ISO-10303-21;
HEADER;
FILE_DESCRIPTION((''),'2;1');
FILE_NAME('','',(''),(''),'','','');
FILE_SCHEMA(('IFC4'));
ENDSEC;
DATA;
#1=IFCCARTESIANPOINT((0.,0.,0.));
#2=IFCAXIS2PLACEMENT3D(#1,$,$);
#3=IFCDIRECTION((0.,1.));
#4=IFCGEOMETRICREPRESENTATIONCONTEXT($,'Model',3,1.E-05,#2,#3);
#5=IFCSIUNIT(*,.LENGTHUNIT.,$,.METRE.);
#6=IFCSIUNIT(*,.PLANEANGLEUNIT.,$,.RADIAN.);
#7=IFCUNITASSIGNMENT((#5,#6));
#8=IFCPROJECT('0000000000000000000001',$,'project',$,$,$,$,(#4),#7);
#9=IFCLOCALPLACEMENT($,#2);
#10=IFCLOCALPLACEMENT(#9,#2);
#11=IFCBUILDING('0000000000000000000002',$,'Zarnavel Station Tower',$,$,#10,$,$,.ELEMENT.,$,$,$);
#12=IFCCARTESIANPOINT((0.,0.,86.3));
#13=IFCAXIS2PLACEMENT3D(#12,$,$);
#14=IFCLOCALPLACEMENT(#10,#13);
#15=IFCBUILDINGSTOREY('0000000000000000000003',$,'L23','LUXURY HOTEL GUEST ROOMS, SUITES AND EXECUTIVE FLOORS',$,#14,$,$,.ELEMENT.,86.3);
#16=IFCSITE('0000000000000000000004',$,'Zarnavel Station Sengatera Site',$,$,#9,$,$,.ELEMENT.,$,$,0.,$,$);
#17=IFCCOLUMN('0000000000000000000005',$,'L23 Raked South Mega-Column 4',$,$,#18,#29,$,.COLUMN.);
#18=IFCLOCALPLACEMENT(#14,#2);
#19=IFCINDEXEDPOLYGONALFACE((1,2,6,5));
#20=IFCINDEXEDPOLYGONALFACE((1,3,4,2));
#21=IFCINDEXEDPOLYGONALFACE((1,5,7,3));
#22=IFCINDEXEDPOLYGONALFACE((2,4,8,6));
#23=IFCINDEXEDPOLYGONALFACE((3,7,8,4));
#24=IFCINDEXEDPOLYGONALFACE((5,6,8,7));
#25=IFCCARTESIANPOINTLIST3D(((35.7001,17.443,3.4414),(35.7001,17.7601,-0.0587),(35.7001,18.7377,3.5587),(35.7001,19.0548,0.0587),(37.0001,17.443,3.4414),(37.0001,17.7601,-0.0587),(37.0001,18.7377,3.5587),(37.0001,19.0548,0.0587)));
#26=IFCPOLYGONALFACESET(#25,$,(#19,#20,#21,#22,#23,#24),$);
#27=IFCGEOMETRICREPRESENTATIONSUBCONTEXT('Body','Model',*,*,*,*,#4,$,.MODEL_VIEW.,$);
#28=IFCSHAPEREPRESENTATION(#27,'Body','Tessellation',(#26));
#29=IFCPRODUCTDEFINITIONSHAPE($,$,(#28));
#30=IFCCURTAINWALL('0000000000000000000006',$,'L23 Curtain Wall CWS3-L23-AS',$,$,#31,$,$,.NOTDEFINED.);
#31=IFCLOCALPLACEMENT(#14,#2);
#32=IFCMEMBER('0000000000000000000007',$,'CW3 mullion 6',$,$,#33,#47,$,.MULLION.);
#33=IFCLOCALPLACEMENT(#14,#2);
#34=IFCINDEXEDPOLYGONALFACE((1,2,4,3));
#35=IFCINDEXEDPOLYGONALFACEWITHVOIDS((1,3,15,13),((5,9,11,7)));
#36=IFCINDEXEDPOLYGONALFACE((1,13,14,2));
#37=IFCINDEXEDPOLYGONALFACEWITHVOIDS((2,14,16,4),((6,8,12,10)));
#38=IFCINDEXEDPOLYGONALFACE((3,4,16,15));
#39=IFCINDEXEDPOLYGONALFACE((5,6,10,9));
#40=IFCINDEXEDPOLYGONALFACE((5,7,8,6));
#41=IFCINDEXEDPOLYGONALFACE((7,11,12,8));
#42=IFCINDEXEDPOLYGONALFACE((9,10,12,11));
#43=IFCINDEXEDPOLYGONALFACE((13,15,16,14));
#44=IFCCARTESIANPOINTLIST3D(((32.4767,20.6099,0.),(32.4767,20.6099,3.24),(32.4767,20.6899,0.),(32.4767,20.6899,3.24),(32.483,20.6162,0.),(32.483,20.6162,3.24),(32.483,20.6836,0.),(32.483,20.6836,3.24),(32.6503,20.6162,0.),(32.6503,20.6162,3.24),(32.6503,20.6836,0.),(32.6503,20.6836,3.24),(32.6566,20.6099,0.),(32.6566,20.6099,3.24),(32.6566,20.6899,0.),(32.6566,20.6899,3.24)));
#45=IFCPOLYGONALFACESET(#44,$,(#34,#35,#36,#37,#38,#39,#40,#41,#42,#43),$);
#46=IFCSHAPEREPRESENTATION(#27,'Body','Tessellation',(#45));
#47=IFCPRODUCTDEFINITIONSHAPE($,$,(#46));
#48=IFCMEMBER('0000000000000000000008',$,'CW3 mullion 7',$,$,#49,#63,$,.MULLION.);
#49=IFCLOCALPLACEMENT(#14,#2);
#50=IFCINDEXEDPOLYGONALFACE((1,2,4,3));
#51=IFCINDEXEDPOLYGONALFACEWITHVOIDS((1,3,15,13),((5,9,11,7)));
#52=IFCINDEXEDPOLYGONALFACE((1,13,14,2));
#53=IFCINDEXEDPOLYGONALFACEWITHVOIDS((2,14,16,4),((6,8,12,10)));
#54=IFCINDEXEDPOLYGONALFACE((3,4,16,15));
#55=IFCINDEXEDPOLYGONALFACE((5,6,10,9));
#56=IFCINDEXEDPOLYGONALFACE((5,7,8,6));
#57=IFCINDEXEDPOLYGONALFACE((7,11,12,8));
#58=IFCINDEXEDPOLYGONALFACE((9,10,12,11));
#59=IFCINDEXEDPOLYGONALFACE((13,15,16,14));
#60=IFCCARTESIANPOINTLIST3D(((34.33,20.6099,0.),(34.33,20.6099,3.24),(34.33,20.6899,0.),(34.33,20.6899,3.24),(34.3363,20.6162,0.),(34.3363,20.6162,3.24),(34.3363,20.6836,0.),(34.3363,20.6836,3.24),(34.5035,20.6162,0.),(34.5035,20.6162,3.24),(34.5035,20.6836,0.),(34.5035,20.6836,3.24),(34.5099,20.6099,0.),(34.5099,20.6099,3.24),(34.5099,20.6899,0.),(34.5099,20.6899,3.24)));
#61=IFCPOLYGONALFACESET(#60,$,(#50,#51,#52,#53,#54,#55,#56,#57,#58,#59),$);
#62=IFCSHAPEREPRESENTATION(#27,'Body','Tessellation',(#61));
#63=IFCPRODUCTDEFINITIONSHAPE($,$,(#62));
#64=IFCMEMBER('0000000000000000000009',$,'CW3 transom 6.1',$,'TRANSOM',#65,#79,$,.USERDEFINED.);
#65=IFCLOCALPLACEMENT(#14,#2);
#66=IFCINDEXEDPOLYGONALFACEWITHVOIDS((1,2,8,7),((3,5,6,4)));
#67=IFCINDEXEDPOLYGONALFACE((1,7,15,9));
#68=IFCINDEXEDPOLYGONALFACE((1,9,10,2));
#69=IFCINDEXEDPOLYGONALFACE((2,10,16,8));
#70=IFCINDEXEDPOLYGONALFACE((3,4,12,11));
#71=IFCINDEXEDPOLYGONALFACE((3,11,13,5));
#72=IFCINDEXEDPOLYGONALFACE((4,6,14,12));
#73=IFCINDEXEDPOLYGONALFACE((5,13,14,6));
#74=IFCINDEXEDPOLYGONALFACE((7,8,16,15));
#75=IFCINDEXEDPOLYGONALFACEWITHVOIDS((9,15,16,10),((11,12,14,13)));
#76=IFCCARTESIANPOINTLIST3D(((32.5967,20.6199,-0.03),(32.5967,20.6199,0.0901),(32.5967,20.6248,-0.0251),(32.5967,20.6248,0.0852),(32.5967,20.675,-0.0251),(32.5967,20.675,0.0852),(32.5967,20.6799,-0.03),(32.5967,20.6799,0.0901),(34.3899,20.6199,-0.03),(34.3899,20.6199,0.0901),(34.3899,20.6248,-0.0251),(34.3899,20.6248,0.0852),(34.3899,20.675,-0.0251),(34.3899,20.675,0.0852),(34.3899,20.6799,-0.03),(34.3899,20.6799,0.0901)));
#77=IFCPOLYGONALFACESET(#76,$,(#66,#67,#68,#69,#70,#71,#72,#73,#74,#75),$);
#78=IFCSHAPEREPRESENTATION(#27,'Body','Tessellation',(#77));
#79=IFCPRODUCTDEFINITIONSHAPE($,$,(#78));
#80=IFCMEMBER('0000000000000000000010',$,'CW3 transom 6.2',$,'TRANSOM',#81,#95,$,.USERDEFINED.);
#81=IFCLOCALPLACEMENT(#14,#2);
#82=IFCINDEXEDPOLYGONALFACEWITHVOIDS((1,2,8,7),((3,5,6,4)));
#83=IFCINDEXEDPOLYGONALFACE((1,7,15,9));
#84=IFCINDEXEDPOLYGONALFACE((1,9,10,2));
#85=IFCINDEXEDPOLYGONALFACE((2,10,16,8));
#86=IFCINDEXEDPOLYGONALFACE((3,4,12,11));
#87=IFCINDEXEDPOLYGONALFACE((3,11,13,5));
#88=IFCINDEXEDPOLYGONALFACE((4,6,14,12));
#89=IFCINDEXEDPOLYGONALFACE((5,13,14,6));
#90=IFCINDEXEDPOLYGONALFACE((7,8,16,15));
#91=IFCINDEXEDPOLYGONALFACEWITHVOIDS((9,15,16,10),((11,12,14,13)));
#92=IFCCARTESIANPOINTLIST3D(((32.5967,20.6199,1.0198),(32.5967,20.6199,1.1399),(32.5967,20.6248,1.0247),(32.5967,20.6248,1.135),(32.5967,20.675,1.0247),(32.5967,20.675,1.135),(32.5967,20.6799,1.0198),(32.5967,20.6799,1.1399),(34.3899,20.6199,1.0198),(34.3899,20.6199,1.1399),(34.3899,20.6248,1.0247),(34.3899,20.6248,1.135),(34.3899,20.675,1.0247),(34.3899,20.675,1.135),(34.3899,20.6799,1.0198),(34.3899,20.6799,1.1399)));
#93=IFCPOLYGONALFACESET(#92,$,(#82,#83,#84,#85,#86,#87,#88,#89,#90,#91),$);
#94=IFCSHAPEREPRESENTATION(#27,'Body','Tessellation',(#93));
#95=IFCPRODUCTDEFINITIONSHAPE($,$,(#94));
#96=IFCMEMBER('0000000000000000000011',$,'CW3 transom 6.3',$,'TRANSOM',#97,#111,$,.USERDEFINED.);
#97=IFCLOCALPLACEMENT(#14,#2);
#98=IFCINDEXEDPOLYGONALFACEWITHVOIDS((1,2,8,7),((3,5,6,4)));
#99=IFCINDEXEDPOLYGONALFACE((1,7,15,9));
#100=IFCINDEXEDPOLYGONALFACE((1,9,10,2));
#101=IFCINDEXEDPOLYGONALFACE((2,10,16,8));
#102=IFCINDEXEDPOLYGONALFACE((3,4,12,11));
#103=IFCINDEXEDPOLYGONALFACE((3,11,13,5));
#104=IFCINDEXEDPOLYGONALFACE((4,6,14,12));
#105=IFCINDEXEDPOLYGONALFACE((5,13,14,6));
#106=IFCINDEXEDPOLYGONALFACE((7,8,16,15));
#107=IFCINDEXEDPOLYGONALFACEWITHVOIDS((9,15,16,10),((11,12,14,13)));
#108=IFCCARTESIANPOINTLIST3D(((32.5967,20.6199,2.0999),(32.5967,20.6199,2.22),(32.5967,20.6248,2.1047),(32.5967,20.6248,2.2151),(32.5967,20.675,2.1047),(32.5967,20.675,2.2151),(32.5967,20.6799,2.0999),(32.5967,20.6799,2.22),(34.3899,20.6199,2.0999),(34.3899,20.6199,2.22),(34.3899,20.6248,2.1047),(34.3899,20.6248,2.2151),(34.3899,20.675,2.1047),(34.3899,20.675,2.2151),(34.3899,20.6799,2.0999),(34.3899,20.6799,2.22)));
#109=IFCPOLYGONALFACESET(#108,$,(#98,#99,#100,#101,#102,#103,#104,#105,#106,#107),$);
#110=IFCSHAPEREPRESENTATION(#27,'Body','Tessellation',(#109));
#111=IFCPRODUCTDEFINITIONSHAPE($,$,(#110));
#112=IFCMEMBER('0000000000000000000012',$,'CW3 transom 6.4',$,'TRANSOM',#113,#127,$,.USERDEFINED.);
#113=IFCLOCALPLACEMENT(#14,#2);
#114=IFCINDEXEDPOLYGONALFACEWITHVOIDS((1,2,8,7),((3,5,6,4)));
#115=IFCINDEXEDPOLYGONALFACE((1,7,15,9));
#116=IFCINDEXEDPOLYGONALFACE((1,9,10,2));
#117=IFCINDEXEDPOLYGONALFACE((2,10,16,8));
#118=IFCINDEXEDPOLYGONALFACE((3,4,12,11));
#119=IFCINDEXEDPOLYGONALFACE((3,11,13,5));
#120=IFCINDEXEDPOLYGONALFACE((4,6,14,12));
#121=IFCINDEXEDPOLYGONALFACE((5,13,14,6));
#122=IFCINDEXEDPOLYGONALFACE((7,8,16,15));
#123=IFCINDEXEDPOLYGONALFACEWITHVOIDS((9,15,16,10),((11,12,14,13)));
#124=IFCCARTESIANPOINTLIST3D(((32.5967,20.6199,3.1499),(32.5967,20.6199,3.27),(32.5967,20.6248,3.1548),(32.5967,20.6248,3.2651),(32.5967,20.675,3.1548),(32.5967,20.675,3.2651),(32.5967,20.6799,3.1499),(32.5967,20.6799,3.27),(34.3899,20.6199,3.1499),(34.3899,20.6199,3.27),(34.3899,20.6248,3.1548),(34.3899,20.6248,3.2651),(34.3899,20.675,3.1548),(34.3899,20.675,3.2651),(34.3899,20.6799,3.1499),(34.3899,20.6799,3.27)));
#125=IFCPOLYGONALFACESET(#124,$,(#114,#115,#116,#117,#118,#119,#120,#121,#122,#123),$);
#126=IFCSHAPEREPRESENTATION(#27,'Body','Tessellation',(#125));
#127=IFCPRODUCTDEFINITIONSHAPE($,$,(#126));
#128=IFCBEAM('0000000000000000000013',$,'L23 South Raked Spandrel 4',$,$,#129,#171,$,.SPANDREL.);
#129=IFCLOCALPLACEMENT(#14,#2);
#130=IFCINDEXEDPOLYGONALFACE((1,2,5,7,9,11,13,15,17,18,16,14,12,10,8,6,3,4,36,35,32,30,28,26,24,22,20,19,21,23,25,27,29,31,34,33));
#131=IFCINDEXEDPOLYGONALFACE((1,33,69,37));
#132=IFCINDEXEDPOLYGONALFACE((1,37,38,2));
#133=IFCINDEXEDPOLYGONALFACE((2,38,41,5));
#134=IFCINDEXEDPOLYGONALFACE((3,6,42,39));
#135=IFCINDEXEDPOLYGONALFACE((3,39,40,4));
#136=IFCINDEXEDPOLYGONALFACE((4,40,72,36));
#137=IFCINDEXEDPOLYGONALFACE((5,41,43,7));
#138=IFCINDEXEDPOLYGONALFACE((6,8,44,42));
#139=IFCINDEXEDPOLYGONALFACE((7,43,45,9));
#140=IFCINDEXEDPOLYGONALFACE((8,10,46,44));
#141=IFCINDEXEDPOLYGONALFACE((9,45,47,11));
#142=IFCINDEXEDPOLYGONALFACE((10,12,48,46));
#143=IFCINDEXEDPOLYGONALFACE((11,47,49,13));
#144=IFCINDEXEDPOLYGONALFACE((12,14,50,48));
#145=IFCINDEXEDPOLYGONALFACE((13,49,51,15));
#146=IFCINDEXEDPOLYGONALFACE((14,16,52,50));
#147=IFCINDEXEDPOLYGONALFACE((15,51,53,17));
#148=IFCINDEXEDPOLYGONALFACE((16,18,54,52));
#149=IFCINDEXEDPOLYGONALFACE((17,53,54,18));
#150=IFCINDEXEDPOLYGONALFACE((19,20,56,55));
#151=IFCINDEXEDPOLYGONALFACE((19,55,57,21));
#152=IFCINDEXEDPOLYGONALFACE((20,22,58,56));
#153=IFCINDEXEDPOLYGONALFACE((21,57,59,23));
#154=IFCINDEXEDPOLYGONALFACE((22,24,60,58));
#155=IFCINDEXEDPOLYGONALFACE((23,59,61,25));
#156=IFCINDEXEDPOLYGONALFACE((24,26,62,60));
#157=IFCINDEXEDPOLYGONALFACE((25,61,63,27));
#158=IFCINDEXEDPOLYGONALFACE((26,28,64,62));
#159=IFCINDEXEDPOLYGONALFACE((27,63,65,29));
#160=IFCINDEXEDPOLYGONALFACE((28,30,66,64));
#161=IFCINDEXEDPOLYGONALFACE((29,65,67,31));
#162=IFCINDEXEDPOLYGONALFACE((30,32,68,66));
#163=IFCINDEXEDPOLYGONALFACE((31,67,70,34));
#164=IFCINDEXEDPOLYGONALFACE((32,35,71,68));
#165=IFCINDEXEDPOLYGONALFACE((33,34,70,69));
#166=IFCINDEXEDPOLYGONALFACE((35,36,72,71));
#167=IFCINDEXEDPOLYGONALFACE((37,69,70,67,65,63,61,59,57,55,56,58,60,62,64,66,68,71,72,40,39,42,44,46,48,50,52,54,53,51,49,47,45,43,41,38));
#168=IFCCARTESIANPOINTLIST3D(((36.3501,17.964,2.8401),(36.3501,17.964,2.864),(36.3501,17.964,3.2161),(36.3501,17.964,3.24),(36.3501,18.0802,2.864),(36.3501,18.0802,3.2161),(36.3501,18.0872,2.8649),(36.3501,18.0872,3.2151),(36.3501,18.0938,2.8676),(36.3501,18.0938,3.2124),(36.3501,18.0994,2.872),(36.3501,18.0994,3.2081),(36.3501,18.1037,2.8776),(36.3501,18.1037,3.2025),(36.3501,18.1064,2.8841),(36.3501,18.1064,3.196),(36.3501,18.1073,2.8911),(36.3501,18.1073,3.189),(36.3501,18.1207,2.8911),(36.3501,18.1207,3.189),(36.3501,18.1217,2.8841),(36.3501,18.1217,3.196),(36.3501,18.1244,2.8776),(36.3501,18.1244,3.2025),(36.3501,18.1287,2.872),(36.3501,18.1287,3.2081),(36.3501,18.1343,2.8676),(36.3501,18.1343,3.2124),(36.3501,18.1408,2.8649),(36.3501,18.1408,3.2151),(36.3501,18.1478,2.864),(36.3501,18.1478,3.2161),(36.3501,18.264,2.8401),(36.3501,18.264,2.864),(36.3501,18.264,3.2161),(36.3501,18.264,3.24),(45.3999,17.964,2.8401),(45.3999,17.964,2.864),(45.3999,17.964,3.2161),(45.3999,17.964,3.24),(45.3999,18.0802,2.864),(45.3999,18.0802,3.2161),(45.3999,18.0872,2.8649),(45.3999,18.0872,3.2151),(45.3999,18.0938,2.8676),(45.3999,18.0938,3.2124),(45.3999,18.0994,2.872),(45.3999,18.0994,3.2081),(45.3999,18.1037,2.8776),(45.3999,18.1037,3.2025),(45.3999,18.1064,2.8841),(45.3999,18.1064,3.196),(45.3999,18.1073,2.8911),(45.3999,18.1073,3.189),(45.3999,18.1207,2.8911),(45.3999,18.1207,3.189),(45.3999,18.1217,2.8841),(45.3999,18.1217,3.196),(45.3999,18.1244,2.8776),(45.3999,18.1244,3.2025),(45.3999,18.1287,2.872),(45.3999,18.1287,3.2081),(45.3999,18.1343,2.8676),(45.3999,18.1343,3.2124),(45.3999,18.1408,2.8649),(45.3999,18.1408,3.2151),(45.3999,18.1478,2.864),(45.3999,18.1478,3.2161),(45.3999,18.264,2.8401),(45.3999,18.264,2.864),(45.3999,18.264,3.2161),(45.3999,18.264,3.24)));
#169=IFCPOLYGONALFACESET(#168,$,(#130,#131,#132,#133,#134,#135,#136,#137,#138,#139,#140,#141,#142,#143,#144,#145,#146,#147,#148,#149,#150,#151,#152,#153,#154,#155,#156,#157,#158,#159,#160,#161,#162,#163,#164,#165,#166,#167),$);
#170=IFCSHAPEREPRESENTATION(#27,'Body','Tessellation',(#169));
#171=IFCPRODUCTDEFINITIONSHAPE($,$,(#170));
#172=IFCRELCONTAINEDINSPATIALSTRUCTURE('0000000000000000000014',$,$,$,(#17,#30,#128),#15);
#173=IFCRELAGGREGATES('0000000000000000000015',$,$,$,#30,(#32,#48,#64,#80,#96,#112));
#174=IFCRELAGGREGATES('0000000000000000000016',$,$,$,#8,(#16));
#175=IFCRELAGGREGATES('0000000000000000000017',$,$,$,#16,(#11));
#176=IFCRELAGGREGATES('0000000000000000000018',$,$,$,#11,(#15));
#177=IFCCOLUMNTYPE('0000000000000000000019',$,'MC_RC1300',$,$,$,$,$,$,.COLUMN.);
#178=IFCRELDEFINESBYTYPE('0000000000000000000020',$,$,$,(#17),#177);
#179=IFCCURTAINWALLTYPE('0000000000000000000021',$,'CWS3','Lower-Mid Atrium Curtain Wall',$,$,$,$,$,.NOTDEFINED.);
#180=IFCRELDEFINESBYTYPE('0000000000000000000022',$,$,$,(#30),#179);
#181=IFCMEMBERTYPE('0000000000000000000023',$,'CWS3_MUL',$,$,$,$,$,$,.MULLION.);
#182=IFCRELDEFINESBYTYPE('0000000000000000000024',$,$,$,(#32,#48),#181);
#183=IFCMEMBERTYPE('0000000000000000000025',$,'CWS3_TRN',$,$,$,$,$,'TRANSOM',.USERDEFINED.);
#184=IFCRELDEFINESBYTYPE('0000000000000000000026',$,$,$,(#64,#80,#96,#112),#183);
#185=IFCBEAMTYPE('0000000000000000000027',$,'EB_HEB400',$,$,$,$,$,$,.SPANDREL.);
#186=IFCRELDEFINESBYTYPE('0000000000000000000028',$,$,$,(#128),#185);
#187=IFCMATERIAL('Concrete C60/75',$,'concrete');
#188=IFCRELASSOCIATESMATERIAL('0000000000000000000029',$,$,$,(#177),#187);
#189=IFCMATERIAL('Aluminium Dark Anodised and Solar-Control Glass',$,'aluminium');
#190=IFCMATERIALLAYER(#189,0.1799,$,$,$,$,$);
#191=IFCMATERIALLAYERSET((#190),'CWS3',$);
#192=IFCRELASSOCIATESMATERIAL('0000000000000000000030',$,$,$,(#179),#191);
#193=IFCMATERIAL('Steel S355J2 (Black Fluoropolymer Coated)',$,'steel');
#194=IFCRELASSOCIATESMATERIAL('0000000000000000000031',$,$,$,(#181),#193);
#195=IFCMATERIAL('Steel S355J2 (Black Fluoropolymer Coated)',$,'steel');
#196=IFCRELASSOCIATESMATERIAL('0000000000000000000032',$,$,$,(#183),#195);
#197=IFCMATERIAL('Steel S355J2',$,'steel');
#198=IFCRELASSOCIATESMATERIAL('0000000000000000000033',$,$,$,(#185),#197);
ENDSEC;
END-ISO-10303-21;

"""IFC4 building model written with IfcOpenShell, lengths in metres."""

from ifc_helpers import new_model, si_unit, direction, frame, origin, origin_2d, place, context, subcontext, project, spatial, rectangle, hollow_rectangle, i_section, extrude, material, layer, layer_set, material_profile, profile_set, type_object, element, aggregate, save


model = new_model("IFC4")

# Units and contexts
model_context = context("Model", 3, precision=1e-05, world=origin(), true_north=direction((0.0, 1.0)))
body_context = subcontext(model_context, "Body", "Model", "MODEL_VIEW")
ifc_project = project(units=[si_unit("LENGTHUNIT", "METRE"), si_unit("PLANEANGLEUNIT", "RADIAN")], contexts=[model_context])

# Site, building, storey
site_placement = place(None, origin())
site = spatial("IfcSite", under=ifc_project, at=site_placement, Name="Zarnavel Station Sengatera Site", CompositionType="ELEMENT", RefElevation=0.0)
building_placement = place(site_placement, origin())
building = spatial("IfcBuilding", under=site, at=building_placement, Name="Zarnavel Station Tower", CompositionType="ELEMENT")
storey_placement = place(building_placement, frame((0.0, 0.0, 86.3)))
storey = spatial("IfcBuildingStorey", under=building, at=storey_placement, Name="L23", Description="LUXURY HOTEL GUEST ROOMS, SUITES AND EXECUTIVE FLOORS", CompositionType="ELEMENT", Elevation=86.3)

# Column
ifc_material_1 = material(Name="Concrete C60/75", Category="concrete")
ifc_material_profile_1 = material_profile(ifc_material_1, rectangle(XDim=1.3, YDim=1.3, at=origin_2d()), Name="RC1300x1300")
ifc_profile_set_1 = profile_set([ifc_material_profile_1], Name="Concrete C60/75")
column_type = type_object("IfcColumnType", Name="MC_RC1300", PredefinedType="COLUMN", material=ifc_profile_set_1)
column_placement = place(storey_placement, frame((36.3501, 18.4075, 0.0), z_axis=(0.0, -0.090241, 0.99592), x_axis=(1.0, 0.0, 0.0)))
element("IfcColumn", 1, at=column_placement, inside=storey, type_object=column_type, Name="L23 Raked South Mega-Column 4", PredefinedType="COLUMN", context=body_context, shape_type="SweptSolid", body=[
    extrude(rectangle(XDim=1.3, YDim=1.3, at=origin_2d()), origin(), (0.0, 0.0, 1.0), 3.5144),
])

# Curtain wall, members
ifc_material_2 = material(Name="Aluminium Dark Anodised and Solar-Control Glass", Category="aluminium")
ifc_layer_1 = layer(ifc_material_2, 0.1799)
ifc_layer_set_1 = layer_set([ifc_layer_1], Name="CWS3")
curtain_wall_type = type_object("IfcCurtainWallType", Name="CWS3", Description="Lower-Mid Atrium Curtain Wall", PredefinedType="NOTDEFINED", material=ifc_layer_set_1)
curtain_wall_placement = place(storey_placement, origin())
curtain_wall = element("IfcCurtainWall", 2, at=curtain_wall_placement, inside=storey, type_object=curtain_wall_type, Name="L23 Curtain Wall CWS3-L23-AS", PredefinedType="NOTDEFINED")
ifc_material_3 = material(Name="Steel S355J2 (Black Fluoropolymer Coated)", Category="steel")
ifc_material_profile_2 = material_profile(ifc_material_3, hollow_rectangle(XDim=0.0801, YDim=0.1799, WallThickness=0.0063, at=origin_2d()), Name="RHS180x80x6.3")
ifc_profile_set_2 = profile_set([ifc_material_profile_2], Name="Steel S355J2 (Black Fluoropolymer Coated)")
member_type_1 = type_object("IfcMemberType", Name="CWS3_MUL", PredefinedType="MULLION", material=ifc_profile_set_2)
member_1_placement = place(storey_placement, frame((32.5667, 20.6499, 0.0), z_axis=(0.0, 0.0, 1.0), x_axis=(0.0, 1.0, 0.0)))
member_1 = element("IfcMember", 3, at=member_1_placement, type_object=member_type_1, Name="CW3 mullion 6", PredefinedType="MULLION", context=body_context, shape_type="SweptSolid", body=[
    extrude(hollow_rectangle(XDim=0.0801, YDim=0.1799, WallThickness=0.0063, at=origin_2d()), origin(), (0.0, 0.0, 1.0), 3.24),
])
member_2_placement = place(storey_placement, frame((34.4199, 20.6499, 0.0), z_axis=(0.0, 0.0, 1.0), x_axis=(0.0, 1.0, 0.0)))
member_2 = element("IfcMember", 4, at=member_2_placement, type_object=member_type_1, Name="CW3 mullion 7", PredefinedType="MULLION", context=body_context, shape_type="SweptSolid", body=[
    extrude(hollow_rectangle(XDim=0.0801, YDim=0.1799, WallThickness=0.0063, at=origin_2d()), origin(), (0.0, 0.0, 1.0), 3.24),
])
ifc_material_4 = material(Name="Steel S355J2 (Black Fluoropolymer Coated)", Category="steel")
ifc_material_profile_3 = material_profile(ifc_material_4, hollow_rectangle(XDim=0.0601, YDim=0.1201, WallThickness=0.0049, at=origin_2d()), Name="RHS120x60x5")
ifc_profile_set_3 = profile_set([ifc_material_profile_3], Name="Steel S355J2 (Black Fluoropolymer Coated)")
member_type_2 = type_object("IfcMemberType", Name="CWS3_TRN", ElementType="TRANSOM", PredefinedType="USERDEFINED", material=ifc_profile_set_3)
member_3_placement = place(storey_placement, frame((32.5967, 20.6499, 0.03), z_axis=(1.0, 0.0, 0.0), x_axis=(0.0, 1.0, 0.0)))
member_3 = element("IfcMember", 5, at=member_3_placement, type_object=member_type_2, Name="CW3 transom 6.1", ObjectType="TRANSOM", PredefinedType="USERDEFINED", context=body_context, shape_type="SweptSolid", body=[
    extrude(hollow_rectangle(XDim=0.0601, YDim=0.1201, WallThickness=0.0049, at=origin_2d()), origin(), (0.0, 0.0, 1.0), 1.7932),
])
member_4_placement = place(storey_placement, frame((32.5967, 20.6499, 1.0798), z_axis=(1.0, 0.0, 0.0), x_axis=(0.0, 1.0, 0.0)))
member_4 = element("IfcMember", 6, at=member_4_placement, type_object=member_type_2, Name="CW3 transom 6.2", ObjectType="TRANSOM", PredefinedType="USERDEFINED", context=body_context, shape_type="SweptSolid", body=[
    extrude(hollow_rectangle(XDim=0.0601, YDim=0.1201, WallThickness=0.0049, at=origin_2d()), origin(), (0.0, 0.0, 1.0), 1.7932),
])
member_5_placement = place(storey_placement, frame((32.5967, 20.6499, 2.1599), z_axis=(1.0, 0.0, 0.0), x_axis=(0.0, 1.0, 0.0)))
member_5 = element("IfcMember", 7, at=member_5_placement, type_object=member_type_2, Name="CW3 transom 6.3", ObjectType="TRANSOM", PredefinedType="USERDEFINED", context=body_context, shape_type="SweptSolid", body=[
    extrude(hollow_rectangle(XDim=0.0601, YDim=0.1201, WallThickness=0.0049, at=origin_2d()), origin(), (0.0, 0.0, 1.0), 1.7932),
])
member_6_placement = place(storey_placement, frame((32.5967, 20.6499, 3.21), z_axis=(1.0, 0.0, 0.0), x_axis=(0.0, 1.0, 0.0)))
member_6 = element("IfcMember", 8, at=member_6_placement, type_object=member_type_2, Name="CW3 transom 6.4", ObjectType="TRANSOM", PredefinedType="USERDEFINED", context=body_context, shape_type="SweptSolid", body=[
    extrude(hollow_rectangle(XDim=0.0601, YDim=0.1201, WallThickness=0.0049, at=origin_2d()), origin(), (0.0, 0.0, 1.0), 1.7932),
])

# Beam
ifc_material_5 = material(Name="Steel S355J2", Category="steel")
ifc_material_profile_4 = material_profile(ifc_material_5, i_section(OverallWidth=0.3, OverallDepth=0.3999, WebThickness=0.0134, FlangeThickness=0.0239, FilletRadius=0.0271, at=origin_2d()), Name="HEB400")
ifc_profile_set_4 = profile_set([ifc_material_profile_4], Name="Steel S355J2")
beam_type_1 = type_object("IfcBeamType", Name="EB_HEB400", PredefinedType="SPANDREL", material=ifc_profile_set_4)
beam_1_placement = place(storey_placement, frame((36.3501, 18.114, 3.04), z_axis=(1.0, 0.0, 0.0), x_axis=(0.0, 1.0, 0.0)))
element("IfcBeam", 9, at=beam_1_placement, inside=storey, type_object=beam_type_1, Name="L23 South Raked Spandrel 4", PredefinedType="SPANDREL", context=body_context, shape_type="SweptSolid", body=[
    extrude(i_section(OverallWidth=0.3, OverallDepth=0.3999, WebThickness=0.0134, FlangeThickness=0.0239, FilletRadius=0.0271, at=origin_2d()), origin(), (0.0, 0.0, 1.0), 9.0498),
])

aggregate(curtain_wall, [member_1, member_2, member_3, member_4, member_5, member_6])

save(model, "model.ifc")
